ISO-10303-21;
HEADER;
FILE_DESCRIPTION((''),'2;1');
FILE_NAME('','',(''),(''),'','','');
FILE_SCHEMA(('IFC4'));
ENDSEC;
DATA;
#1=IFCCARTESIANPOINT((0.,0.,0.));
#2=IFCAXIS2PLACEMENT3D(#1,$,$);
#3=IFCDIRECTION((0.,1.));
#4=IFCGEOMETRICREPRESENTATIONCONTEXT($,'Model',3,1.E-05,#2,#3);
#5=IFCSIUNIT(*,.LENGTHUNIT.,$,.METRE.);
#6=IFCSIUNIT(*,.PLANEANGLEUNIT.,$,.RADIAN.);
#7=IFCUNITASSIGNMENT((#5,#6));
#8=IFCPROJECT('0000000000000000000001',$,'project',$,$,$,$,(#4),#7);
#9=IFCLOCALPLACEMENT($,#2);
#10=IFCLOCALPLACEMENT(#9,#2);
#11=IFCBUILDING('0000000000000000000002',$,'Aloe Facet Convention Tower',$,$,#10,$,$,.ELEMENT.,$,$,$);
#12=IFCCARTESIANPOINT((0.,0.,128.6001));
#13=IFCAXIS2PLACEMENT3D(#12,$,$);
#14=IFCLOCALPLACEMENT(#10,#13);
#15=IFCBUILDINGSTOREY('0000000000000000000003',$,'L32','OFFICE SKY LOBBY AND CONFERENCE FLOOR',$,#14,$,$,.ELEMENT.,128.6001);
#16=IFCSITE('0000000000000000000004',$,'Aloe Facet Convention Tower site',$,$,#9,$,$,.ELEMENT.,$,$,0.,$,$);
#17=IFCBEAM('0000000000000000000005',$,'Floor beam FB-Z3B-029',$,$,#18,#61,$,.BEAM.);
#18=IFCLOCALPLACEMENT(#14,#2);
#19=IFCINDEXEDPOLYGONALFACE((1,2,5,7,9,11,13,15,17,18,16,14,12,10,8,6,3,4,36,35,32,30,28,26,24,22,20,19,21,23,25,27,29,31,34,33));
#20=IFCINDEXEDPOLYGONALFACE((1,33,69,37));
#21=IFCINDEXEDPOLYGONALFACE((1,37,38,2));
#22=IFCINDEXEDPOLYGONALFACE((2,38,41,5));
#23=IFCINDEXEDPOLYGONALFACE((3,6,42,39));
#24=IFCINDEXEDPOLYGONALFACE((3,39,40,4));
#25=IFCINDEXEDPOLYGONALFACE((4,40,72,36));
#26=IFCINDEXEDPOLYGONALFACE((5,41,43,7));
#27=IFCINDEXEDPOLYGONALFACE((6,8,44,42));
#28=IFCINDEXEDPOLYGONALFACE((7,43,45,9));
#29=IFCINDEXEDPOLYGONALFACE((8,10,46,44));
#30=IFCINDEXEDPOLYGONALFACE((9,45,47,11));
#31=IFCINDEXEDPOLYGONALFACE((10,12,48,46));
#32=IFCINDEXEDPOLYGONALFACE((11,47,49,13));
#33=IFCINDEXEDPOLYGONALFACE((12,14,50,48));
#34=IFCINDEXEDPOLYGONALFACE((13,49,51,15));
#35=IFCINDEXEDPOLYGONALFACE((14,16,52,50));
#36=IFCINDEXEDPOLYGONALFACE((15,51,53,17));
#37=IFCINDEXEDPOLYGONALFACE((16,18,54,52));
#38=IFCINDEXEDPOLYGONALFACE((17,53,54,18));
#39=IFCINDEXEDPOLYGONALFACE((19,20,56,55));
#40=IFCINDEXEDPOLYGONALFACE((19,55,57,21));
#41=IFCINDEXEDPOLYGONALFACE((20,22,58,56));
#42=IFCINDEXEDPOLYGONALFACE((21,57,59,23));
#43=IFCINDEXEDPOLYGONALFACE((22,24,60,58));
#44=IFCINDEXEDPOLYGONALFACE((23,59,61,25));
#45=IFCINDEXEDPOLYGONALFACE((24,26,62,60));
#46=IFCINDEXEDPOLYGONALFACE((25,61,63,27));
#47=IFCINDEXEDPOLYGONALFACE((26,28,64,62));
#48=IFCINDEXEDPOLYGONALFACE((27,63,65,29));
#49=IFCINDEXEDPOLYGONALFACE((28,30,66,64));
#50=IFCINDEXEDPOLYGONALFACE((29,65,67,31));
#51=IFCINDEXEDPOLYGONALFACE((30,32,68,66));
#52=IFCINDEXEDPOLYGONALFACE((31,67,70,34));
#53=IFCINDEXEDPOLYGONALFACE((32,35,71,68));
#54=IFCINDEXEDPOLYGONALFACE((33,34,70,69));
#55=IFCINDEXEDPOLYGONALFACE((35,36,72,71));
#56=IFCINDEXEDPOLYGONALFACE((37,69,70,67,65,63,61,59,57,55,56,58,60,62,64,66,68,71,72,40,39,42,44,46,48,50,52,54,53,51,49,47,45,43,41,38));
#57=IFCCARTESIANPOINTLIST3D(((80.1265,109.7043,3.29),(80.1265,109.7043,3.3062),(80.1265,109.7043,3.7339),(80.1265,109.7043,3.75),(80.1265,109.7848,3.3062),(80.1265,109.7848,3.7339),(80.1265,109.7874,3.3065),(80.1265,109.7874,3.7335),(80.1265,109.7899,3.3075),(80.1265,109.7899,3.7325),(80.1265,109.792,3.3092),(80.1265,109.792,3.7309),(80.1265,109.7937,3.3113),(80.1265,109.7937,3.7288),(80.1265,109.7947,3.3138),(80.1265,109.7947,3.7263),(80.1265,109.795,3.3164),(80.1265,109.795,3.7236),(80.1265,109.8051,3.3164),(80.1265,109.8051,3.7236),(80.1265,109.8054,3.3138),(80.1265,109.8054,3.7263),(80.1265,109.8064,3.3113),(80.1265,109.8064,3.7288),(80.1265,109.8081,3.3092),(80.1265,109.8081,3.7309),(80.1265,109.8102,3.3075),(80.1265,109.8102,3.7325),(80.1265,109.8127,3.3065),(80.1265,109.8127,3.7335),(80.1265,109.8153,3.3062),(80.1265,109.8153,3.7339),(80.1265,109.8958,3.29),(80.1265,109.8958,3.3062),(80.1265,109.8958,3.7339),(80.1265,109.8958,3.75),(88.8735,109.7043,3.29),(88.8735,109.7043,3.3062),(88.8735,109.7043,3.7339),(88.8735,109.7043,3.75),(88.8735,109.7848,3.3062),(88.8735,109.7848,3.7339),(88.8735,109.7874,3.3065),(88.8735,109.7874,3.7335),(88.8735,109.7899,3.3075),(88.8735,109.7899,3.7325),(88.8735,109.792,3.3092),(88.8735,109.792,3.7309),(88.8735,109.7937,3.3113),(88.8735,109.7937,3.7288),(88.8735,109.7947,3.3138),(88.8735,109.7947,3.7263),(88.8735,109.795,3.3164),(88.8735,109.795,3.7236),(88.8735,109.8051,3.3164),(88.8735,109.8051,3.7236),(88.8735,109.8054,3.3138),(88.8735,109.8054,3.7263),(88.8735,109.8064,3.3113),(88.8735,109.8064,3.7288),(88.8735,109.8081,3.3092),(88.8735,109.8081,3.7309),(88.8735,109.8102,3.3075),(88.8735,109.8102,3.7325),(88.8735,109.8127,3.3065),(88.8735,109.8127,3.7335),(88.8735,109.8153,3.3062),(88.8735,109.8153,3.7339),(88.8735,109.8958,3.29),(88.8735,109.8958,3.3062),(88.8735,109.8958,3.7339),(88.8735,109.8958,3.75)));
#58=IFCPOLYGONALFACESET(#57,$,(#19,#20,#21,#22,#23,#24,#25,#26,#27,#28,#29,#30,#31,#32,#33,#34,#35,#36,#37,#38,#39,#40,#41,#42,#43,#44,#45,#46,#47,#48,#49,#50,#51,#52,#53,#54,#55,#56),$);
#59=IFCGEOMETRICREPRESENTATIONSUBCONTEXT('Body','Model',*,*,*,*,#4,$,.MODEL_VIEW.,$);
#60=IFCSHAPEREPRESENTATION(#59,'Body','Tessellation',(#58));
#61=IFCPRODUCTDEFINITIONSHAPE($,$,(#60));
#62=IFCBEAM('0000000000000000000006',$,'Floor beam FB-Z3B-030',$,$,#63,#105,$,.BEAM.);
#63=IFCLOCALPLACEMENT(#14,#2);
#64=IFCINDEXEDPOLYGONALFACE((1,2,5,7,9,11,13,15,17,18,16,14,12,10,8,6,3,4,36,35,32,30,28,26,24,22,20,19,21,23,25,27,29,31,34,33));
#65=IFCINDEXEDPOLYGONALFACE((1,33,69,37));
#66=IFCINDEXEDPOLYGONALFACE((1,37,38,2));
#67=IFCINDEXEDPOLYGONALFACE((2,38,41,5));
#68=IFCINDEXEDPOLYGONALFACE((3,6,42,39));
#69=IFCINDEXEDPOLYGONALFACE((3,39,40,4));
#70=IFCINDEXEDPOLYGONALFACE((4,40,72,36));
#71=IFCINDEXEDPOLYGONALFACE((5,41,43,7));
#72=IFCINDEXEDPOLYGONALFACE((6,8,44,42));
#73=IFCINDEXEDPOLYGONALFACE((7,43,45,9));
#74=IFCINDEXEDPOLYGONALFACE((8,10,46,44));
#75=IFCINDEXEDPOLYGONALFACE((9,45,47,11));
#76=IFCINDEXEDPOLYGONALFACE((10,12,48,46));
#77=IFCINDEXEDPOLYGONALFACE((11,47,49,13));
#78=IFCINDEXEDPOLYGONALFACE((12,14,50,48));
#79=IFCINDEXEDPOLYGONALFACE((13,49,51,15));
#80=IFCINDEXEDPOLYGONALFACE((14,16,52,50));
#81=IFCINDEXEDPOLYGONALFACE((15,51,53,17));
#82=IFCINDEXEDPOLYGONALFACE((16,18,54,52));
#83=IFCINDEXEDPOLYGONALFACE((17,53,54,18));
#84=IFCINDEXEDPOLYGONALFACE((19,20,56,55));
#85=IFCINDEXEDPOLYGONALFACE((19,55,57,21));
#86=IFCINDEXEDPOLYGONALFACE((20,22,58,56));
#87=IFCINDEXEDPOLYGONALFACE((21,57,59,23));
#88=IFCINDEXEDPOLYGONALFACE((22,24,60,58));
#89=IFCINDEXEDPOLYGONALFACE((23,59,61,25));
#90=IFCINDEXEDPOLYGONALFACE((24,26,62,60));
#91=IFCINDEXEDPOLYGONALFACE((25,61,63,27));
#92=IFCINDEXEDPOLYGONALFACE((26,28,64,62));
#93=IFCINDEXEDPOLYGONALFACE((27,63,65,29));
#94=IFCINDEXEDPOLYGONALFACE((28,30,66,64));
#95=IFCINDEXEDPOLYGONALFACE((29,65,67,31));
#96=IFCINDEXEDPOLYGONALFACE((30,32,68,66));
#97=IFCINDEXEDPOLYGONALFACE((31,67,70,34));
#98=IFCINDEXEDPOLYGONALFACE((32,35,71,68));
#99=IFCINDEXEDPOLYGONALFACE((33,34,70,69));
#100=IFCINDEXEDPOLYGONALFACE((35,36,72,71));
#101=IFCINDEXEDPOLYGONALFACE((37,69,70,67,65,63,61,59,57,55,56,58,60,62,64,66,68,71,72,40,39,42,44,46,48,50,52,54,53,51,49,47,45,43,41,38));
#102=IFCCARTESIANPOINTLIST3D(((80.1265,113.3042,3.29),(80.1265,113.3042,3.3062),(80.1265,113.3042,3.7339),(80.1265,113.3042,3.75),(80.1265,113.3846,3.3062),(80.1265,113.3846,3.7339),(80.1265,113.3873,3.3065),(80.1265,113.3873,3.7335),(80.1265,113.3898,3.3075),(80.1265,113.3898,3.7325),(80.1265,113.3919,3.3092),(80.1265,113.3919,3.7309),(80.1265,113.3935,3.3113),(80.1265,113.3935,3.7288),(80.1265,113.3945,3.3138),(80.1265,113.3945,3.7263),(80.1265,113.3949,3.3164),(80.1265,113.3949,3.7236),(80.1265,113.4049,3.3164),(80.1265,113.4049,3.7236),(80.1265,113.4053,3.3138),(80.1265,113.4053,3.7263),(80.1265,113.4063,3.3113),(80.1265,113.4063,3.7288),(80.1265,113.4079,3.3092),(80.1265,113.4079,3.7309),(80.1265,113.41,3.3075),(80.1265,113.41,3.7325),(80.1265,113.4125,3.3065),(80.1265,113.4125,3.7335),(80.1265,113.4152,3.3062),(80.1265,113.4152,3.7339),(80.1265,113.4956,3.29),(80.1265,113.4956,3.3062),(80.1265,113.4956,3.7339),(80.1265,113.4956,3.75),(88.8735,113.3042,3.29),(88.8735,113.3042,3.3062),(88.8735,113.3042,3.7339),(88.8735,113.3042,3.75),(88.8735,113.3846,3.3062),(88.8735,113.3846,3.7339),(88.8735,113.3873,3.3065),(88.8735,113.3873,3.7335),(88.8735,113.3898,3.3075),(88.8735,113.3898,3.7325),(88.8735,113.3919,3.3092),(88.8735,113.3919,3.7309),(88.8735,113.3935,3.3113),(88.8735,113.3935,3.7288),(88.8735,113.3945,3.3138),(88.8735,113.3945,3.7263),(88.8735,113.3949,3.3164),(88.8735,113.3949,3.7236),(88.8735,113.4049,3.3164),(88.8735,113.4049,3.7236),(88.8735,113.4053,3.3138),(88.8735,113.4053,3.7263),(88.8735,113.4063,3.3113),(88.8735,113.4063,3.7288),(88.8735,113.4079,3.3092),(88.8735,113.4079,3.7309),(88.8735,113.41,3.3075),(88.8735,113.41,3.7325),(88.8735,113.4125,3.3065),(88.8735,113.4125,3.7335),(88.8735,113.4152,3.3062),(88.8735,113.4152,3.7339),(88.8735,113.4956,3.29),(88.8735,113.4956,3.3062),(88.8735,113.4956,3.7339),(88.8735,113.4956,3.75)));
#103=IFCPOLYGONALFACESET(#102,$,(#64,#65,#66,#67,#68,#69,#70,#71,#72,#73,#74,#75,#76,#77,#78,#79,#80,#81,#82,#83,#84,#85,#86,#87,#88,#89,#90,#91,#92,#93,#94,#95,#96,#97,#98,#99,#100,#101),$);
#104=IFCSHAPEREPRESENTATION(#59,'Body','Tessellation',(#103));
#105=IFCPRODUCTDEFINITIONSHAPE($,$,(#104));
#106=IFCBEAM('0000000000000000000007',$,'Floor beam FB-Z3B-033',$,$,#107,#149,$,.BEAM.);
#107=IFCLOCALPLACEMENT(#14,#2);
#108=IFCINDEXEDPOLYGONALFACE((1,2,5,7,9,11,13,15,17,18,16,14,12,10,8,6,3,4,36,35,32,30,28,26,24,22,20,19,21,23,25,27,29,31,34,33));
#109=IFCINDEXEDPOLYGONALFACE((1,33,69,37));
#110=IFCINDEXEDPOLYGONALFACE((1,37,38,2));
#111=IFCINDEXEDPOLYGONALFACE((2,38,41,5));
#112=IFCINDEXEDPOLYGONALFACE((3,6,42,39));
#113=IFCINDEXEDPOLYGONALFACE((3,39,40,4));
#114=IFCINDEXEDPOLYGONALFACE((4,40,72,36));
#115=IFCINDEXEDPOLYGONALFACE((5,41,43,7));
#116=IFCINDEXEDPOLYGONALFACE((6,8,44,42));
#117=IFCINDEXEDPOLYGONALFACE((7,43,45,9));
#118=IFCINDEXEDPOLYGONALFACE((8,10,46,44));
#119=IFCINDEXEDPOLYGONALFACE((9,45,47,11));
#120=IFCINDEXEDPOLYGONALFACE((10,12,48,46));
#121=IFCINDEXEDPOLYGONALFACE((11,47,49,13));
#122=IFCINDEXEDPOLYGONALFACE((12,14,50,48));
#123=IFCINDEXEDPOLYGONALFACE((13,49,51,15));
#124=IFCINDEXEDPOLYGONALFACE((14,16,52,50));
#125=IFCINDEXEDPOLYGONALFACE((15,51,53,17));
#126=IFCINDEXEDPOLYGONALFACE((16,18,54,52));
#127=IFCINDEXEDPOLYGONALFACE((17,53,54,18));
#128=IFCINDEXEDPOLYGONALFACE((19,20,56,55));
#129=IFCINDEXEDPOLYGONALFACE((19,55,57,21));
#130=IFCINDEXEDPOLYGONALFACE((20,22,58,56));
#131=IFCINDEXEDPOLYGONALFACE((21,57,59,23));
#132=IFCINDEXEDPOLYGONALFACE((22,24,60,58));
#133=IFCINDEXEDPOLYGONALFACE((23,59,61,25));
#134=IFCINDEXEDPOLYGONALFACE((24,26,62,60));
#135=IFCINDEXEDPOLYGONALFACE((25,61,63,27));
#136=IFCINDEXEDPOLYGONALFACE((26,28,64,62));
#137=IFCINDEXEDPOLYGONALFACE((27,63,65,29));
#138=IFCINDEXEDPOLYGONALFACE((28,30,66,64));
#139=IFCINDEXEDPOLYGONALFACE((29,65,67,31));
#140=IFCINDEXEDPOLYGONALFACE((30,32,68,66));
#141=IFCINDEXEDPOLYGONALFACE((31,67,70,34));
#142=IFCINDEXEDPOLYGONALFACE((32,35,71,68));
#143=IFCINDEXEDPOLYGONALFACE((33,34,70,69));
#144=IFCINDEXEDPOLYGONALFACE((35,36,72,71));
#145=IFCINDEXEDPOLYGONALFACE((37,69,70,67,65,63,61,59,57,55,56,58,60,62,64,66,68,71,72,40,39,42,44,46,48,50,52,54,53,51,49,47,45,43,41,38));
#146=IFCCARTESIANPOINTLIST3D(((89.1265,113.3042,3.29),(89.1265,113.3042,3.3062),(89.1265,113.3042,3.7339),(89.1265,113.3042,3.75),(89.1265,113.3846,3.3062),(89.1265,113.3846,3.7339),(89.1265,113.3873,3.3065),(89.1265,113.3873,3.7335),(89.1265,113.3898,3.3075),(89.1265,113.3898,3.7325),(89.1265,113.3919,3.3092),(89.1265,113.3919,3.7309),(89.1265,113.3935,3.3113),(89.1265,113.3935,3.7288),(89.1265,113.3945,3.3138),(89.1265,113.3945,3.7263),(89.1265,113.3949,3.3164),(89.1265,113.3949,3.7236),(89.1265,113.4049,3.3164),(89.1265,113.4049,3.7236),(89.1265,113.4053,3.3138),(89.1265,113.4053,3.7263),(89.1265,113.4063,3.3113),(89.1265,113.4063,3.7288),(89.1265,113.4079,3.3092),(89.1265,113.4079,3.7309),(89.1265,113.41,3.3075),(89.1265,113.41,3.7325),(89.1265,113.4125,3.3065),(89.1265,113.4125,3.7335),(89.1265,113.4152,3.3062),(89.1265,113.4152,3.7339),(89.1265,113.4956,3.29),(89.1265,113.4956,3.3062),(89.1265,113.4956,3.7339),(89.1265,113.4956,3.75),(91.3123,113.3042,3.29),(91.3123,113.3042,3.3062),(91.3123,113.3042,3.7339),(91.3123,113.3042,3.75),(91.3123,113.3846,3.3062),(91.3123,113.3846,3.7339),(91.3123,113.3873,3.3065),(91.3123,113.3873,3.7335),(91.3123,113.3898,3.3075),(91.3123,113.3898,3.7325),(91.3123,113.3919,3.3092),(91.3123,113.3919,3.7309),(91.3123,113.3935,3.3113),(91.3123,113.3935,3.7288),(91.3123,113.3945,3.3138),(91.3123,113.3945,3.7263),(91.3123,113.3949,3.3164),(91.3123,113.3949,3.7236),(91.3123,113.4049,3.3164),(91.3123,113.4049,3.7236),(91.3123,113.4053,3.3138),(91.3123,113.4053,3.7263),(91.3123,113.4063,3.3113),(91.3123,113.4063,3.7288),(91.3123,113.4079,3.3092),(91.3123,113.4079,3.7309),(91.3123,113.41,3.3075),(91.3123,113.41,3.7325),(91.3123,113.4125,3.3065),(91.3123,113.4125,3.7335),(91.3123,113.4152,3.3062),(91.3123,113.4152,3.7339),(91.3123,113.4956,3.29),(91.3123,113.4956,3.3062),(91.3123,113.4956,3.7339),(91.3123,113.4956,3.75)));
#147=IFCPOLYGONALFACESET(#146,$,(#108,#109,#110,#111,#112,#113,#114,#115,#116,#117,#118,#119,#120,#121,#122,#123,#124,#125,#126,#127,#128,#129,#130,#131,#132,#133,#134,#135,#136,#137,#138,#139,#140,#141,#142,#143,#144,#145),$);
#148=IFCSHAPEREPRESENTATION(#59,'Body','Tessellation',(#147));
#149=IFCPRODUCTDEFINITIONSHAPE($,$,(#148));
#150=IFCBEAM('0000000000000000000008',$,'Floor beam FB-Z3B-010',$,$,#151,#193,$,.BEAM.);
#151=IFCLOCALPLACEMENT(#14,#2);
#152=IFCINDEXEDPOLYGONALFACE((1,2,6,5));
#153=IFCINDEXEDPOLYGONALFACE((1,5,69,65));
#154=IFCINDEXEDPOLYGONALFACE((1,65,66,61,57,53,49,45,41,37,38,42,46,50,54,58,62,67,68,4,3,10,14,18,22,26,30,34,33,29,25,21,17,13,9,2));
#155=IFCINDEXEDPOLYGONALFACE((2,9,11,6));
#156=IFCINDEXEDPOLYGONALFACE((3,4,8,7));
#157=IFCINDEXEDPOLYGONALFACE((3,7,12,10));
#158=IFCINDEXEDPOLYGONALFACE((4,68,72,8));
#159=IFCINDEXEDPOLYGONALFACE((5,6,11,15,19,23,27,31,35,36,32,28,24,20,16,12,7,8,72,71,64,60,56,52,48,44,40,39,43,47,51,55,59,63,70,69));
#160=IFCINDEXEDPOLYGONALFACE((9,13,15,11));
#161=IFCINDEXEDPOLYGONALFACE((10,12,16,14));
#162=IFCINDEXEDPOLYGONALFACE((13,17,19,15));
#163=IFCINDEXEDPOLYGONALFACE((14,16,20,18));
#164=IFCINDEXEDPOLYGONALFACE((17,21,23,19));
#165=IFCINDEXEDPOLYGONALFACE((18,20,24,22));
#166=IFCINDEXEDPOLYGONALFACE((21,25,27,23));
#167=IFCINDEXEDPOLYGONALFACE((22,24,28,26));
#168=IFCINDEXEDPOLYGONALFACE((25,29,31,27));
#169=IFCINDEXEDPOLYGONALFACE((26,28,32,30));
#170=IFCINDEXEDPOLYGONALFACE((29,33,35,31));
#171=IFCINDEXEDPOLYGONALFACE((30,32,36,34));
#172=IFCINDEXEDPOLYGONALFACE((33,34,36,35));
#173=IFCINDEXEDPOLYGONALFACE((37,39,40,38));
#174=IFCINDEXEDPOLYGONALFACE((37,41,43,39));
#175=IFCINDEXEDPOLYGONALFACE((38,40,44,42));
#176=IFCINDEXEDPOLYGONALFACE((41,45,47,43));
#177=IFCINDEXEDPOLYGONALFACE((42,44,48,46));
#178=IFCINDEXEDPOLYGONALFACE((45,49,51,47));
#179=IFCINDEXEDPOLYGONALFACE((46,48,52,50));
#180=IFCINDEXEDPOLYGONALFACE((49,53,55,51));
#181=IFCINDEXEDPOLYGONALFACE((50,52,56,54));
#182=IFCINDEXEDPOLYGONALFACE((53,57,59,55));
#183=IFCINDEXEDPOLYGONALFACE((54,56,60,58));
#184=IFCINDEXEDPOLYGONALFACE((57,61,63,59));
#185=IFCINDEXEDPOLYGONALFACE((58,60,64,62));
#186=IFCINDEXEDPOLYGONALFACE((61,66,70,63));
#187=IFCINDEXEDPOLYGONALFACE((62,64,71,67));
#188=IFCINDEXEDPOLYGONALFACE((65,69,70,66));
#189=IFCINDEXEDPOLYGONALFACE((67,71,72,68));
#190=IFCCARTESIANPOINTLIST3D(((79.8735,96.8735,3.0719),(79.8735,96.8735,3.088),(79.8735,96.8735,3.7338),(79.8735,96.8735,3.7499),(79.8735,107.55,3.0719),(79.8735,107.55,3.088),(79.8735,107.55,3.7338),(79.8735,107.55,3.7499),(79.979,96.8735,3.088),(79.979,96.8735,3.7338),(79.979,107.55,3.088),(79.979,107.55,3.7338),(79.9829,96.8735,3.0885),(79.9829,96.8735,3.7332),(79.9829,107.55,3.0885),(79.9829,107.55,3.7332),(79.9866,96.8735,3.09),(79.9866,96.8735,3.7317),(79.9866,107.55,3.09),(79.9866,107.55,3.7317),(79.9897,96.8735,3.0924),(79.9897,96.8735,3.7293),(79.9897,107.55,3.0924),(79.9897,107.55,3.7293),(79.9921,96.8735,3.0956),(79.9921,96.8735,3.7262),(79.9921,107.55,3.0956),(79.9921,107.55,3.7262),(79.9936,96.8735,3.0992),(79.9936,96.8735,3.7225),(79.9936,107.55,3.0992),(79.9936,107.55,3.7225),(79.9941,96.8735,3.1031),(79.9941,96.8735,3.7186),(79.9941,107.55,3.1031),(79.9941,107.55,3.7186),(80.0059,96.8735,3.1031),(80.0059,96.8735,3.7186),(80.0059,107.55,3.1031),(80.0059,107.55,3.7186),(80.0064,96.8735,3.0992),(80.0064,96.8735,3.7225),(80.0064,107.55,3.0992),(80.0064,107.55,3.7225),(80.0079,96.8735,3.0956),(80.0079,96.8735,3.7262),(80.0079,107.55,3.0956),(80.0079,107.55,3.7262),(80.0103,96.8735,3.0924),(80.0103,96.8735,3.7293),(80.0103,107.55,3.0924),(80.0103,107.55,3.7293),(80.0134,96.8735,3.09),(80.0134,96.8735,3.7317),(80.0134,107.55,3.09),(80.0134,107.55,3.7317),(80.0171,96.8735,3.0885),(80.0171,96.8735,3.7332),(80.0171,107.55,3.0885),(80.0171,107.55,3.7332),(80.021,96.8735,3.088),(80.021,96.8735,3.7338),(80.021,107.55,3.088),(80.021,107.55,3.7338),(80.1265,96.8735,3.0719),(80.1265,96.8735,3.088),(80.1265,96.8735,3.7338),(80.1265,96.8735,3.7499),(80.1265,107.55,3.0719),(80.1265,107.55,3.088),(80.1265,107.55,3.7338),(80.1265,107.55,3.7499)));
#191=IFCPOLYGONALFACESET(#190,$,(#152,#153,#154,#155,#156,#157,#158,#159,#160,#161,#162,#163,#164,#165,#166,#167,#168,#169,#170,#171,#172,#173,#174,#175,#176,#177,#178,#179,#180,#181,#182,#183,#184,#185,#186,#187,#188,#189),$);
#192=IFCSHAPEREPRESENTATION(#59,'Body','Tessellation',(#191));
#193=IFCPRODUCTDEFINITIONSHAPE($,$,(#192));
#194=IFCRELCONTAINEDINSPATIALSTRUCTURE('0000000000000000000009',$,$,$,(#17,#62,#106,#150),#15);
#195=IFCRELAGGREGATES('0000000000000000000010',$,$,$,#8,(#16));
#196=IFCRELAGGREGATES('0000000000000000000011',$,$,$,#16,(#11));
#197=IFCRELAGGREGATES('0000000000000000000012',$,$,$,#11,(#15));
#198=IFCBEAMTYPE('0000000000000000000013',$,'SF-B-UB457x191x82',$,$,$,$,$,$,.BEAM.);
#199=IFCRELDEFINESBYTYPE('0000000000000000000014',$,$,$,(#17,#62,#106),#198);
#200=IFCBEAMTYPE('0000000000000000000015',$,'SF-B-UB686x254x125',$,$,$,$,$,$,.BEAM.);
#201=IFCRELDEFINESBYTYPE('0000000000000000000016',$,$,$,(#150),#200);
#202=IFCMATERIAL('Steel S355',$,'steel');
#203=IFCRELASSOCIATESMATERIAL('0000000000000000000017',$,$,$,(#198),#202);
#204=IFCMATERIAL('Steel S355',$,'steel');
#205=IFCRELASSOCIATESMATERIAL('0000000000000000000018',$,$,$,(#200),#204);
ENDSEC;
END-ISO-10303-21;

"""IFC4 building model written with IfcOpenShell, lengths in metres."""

from ifc_helpers import new_model, si_unit, direction, frame, origin, origin_2d, place, context, subcontext, project, spatial, i_section, extrude, material, material_profile, profile_set, type_object, element, save


model = new_model("IFC4")

# Units and contexts
model_context = context("Model", 3, precision=1e-05, world=origin(), true_north=direction((0.0, 1.0)))
body_context = subcontext(model_context, "Body", "Model", "MODEL_VIEW")
ifc_project = project(units=[si_unit("LENGTHUNIT", "METRE"), si_unit("PLANEANGLEUNIT", "RADIAN")], contexts=[model_context])

# Site, building, storey
site_placement = place(None, origin())
site = spatial("IfcSite", under=ifc_project, at=site_placement, Name="Aloe Facet Convention Tower site", CompositionType="ELEMENT", RefElevation=0.0)
building_placement = place(site_placement, origin())
building = spatial("IfcBuilding", under=site, at=building_placement, Name="Aloe Facet Convention Tower", CompositionType="ELEMENT")
storey_placement = place(building_placement, frame((0.0, 0.0, 128.6001)))
storey = spatial("IfcBuildingStorey", under=building, at=storey_placement, Name="L32", Description="OFFICE SKY LOBBY AND CONFERENCE FLOOR", CompositionType="ELEMENT", Elevation=128.6001)

# Beams
ifc_material_1 = material(Name="Steel S355", Category="steel")
ifc_material_profile_1 = material_profile(ifc_material_1, i_section(OverallWidth=0.1914, OverallDepth=0.46, WebThickness=0.01, FlangeThickness=0.0161, FilletRadius=0.0103, at=origin_2d()), Name="UB 457x191x82")
ifc_profile_set_1 = profile_set([ifc_material_profile_1], Name="Steel S355")
beam_type_1 = type_object("IfcBeamType", Name="SF-B-UB457x191x82", PredefinedType="BEAM", material=ifc_profile_set_1)
for number, where, z_axis, x_axis, name in (
    (1, (80.1265, 109.8, 3.52), (1.0, 0.0, 0.0), (0.0, 1.0, 0.0), "Floor beam FB-Z3B-029"),
    (2, (80.1265, 113.3999, 3.52), (1.0, 0.0, 0.0), (0.0, 1.0, 0.0), "Floor beam FB-Z3B-030"),
):
    element("IfcBeam", number, at=place(storey_placement, frame(where, z_axis=z_axis, x_axis=x_axis)), inside=storey, type_object=beam_type_1, Name=name, PredefinedType="BEAM", context=body_context, shape_type="SweptSolid", body=[
        extrude(i_section(OverallWidth=0.1914, OverallDepth=0.46, WebThickness=0.01, FlangeThickness=0.0161, FilletRadius=0.0103, at=origin_2d()), origin(), (0.0, 0.0, 1.0), 8.7471),
    ])
beam_1_placement = place(storey_placement, frame((89.1265, 113.3999, 3.52), z_axis=(1.0, 0.0, 0.0), x_axis=(0.0, 1.0, 0.0)))
element("IfcBeam", 3, at=beam_1_placement, inside=storey, type_object=beam_type_1, Name="Floor beam FB-Z3B-033", PredefinedType="BEAM", context=body_context, shape_type="SweptSolid", body=[
    extrude(i_section(OverallWidth=0.1914, OverallDepth=0.46, WebThickness=0.01, FlangeThickness=0.0161, FilletRadius=0.0103, at=origin_2d()), origin(), (0.0, 0.0, 1.0), 2.1858),
])
ifc_material_2 = material(Name="Steel S355", Category="steel")
ifc_material_profile_2 = material_profile(ifc_material_2, i_section(OverallWidth=0.2529, OverallDepth=0.678, WebThickness=0.0117, FlangeThickness=0.0161, FilletRadius=0.0151, at=origin_2d()), Name="UB 686x254x125")
ifc_profile_set_2 = profile_set([ifc_material_profile_2], Name="Steel S355")
beam_type_2 = type_object("IfcBeamType", Name="SF-B-UB686x254x125", PredefinedType="BEAM", material=ifc_profile_set_2)
beam_2_placement = place(storey_placement, frame((80.0, 107.55, 3.4109), z_axis=(0.0, -1.0, 0.0), x_axis=(1.0, 0.0, 0.0)))
element("IfcBeam", 4, at=beam_2_placement, inside=storey, type_object=beam_type_2, Name="Floor beam FB-Z3B-010", PredefinedType="BEAM", context=body_context, shape_type="SweptSolid", body=[
    extrude(i_section(OverallWidth=0.2529, OverallDepth=0.678, WebThickness=0.0117, FlangeThickness=0.0161, FilletRadius=0.0151, at=origin_2d()), origin(), (0.0, 0.0, 1.0), 10.6765),
])

save(model, "model.ifc")
